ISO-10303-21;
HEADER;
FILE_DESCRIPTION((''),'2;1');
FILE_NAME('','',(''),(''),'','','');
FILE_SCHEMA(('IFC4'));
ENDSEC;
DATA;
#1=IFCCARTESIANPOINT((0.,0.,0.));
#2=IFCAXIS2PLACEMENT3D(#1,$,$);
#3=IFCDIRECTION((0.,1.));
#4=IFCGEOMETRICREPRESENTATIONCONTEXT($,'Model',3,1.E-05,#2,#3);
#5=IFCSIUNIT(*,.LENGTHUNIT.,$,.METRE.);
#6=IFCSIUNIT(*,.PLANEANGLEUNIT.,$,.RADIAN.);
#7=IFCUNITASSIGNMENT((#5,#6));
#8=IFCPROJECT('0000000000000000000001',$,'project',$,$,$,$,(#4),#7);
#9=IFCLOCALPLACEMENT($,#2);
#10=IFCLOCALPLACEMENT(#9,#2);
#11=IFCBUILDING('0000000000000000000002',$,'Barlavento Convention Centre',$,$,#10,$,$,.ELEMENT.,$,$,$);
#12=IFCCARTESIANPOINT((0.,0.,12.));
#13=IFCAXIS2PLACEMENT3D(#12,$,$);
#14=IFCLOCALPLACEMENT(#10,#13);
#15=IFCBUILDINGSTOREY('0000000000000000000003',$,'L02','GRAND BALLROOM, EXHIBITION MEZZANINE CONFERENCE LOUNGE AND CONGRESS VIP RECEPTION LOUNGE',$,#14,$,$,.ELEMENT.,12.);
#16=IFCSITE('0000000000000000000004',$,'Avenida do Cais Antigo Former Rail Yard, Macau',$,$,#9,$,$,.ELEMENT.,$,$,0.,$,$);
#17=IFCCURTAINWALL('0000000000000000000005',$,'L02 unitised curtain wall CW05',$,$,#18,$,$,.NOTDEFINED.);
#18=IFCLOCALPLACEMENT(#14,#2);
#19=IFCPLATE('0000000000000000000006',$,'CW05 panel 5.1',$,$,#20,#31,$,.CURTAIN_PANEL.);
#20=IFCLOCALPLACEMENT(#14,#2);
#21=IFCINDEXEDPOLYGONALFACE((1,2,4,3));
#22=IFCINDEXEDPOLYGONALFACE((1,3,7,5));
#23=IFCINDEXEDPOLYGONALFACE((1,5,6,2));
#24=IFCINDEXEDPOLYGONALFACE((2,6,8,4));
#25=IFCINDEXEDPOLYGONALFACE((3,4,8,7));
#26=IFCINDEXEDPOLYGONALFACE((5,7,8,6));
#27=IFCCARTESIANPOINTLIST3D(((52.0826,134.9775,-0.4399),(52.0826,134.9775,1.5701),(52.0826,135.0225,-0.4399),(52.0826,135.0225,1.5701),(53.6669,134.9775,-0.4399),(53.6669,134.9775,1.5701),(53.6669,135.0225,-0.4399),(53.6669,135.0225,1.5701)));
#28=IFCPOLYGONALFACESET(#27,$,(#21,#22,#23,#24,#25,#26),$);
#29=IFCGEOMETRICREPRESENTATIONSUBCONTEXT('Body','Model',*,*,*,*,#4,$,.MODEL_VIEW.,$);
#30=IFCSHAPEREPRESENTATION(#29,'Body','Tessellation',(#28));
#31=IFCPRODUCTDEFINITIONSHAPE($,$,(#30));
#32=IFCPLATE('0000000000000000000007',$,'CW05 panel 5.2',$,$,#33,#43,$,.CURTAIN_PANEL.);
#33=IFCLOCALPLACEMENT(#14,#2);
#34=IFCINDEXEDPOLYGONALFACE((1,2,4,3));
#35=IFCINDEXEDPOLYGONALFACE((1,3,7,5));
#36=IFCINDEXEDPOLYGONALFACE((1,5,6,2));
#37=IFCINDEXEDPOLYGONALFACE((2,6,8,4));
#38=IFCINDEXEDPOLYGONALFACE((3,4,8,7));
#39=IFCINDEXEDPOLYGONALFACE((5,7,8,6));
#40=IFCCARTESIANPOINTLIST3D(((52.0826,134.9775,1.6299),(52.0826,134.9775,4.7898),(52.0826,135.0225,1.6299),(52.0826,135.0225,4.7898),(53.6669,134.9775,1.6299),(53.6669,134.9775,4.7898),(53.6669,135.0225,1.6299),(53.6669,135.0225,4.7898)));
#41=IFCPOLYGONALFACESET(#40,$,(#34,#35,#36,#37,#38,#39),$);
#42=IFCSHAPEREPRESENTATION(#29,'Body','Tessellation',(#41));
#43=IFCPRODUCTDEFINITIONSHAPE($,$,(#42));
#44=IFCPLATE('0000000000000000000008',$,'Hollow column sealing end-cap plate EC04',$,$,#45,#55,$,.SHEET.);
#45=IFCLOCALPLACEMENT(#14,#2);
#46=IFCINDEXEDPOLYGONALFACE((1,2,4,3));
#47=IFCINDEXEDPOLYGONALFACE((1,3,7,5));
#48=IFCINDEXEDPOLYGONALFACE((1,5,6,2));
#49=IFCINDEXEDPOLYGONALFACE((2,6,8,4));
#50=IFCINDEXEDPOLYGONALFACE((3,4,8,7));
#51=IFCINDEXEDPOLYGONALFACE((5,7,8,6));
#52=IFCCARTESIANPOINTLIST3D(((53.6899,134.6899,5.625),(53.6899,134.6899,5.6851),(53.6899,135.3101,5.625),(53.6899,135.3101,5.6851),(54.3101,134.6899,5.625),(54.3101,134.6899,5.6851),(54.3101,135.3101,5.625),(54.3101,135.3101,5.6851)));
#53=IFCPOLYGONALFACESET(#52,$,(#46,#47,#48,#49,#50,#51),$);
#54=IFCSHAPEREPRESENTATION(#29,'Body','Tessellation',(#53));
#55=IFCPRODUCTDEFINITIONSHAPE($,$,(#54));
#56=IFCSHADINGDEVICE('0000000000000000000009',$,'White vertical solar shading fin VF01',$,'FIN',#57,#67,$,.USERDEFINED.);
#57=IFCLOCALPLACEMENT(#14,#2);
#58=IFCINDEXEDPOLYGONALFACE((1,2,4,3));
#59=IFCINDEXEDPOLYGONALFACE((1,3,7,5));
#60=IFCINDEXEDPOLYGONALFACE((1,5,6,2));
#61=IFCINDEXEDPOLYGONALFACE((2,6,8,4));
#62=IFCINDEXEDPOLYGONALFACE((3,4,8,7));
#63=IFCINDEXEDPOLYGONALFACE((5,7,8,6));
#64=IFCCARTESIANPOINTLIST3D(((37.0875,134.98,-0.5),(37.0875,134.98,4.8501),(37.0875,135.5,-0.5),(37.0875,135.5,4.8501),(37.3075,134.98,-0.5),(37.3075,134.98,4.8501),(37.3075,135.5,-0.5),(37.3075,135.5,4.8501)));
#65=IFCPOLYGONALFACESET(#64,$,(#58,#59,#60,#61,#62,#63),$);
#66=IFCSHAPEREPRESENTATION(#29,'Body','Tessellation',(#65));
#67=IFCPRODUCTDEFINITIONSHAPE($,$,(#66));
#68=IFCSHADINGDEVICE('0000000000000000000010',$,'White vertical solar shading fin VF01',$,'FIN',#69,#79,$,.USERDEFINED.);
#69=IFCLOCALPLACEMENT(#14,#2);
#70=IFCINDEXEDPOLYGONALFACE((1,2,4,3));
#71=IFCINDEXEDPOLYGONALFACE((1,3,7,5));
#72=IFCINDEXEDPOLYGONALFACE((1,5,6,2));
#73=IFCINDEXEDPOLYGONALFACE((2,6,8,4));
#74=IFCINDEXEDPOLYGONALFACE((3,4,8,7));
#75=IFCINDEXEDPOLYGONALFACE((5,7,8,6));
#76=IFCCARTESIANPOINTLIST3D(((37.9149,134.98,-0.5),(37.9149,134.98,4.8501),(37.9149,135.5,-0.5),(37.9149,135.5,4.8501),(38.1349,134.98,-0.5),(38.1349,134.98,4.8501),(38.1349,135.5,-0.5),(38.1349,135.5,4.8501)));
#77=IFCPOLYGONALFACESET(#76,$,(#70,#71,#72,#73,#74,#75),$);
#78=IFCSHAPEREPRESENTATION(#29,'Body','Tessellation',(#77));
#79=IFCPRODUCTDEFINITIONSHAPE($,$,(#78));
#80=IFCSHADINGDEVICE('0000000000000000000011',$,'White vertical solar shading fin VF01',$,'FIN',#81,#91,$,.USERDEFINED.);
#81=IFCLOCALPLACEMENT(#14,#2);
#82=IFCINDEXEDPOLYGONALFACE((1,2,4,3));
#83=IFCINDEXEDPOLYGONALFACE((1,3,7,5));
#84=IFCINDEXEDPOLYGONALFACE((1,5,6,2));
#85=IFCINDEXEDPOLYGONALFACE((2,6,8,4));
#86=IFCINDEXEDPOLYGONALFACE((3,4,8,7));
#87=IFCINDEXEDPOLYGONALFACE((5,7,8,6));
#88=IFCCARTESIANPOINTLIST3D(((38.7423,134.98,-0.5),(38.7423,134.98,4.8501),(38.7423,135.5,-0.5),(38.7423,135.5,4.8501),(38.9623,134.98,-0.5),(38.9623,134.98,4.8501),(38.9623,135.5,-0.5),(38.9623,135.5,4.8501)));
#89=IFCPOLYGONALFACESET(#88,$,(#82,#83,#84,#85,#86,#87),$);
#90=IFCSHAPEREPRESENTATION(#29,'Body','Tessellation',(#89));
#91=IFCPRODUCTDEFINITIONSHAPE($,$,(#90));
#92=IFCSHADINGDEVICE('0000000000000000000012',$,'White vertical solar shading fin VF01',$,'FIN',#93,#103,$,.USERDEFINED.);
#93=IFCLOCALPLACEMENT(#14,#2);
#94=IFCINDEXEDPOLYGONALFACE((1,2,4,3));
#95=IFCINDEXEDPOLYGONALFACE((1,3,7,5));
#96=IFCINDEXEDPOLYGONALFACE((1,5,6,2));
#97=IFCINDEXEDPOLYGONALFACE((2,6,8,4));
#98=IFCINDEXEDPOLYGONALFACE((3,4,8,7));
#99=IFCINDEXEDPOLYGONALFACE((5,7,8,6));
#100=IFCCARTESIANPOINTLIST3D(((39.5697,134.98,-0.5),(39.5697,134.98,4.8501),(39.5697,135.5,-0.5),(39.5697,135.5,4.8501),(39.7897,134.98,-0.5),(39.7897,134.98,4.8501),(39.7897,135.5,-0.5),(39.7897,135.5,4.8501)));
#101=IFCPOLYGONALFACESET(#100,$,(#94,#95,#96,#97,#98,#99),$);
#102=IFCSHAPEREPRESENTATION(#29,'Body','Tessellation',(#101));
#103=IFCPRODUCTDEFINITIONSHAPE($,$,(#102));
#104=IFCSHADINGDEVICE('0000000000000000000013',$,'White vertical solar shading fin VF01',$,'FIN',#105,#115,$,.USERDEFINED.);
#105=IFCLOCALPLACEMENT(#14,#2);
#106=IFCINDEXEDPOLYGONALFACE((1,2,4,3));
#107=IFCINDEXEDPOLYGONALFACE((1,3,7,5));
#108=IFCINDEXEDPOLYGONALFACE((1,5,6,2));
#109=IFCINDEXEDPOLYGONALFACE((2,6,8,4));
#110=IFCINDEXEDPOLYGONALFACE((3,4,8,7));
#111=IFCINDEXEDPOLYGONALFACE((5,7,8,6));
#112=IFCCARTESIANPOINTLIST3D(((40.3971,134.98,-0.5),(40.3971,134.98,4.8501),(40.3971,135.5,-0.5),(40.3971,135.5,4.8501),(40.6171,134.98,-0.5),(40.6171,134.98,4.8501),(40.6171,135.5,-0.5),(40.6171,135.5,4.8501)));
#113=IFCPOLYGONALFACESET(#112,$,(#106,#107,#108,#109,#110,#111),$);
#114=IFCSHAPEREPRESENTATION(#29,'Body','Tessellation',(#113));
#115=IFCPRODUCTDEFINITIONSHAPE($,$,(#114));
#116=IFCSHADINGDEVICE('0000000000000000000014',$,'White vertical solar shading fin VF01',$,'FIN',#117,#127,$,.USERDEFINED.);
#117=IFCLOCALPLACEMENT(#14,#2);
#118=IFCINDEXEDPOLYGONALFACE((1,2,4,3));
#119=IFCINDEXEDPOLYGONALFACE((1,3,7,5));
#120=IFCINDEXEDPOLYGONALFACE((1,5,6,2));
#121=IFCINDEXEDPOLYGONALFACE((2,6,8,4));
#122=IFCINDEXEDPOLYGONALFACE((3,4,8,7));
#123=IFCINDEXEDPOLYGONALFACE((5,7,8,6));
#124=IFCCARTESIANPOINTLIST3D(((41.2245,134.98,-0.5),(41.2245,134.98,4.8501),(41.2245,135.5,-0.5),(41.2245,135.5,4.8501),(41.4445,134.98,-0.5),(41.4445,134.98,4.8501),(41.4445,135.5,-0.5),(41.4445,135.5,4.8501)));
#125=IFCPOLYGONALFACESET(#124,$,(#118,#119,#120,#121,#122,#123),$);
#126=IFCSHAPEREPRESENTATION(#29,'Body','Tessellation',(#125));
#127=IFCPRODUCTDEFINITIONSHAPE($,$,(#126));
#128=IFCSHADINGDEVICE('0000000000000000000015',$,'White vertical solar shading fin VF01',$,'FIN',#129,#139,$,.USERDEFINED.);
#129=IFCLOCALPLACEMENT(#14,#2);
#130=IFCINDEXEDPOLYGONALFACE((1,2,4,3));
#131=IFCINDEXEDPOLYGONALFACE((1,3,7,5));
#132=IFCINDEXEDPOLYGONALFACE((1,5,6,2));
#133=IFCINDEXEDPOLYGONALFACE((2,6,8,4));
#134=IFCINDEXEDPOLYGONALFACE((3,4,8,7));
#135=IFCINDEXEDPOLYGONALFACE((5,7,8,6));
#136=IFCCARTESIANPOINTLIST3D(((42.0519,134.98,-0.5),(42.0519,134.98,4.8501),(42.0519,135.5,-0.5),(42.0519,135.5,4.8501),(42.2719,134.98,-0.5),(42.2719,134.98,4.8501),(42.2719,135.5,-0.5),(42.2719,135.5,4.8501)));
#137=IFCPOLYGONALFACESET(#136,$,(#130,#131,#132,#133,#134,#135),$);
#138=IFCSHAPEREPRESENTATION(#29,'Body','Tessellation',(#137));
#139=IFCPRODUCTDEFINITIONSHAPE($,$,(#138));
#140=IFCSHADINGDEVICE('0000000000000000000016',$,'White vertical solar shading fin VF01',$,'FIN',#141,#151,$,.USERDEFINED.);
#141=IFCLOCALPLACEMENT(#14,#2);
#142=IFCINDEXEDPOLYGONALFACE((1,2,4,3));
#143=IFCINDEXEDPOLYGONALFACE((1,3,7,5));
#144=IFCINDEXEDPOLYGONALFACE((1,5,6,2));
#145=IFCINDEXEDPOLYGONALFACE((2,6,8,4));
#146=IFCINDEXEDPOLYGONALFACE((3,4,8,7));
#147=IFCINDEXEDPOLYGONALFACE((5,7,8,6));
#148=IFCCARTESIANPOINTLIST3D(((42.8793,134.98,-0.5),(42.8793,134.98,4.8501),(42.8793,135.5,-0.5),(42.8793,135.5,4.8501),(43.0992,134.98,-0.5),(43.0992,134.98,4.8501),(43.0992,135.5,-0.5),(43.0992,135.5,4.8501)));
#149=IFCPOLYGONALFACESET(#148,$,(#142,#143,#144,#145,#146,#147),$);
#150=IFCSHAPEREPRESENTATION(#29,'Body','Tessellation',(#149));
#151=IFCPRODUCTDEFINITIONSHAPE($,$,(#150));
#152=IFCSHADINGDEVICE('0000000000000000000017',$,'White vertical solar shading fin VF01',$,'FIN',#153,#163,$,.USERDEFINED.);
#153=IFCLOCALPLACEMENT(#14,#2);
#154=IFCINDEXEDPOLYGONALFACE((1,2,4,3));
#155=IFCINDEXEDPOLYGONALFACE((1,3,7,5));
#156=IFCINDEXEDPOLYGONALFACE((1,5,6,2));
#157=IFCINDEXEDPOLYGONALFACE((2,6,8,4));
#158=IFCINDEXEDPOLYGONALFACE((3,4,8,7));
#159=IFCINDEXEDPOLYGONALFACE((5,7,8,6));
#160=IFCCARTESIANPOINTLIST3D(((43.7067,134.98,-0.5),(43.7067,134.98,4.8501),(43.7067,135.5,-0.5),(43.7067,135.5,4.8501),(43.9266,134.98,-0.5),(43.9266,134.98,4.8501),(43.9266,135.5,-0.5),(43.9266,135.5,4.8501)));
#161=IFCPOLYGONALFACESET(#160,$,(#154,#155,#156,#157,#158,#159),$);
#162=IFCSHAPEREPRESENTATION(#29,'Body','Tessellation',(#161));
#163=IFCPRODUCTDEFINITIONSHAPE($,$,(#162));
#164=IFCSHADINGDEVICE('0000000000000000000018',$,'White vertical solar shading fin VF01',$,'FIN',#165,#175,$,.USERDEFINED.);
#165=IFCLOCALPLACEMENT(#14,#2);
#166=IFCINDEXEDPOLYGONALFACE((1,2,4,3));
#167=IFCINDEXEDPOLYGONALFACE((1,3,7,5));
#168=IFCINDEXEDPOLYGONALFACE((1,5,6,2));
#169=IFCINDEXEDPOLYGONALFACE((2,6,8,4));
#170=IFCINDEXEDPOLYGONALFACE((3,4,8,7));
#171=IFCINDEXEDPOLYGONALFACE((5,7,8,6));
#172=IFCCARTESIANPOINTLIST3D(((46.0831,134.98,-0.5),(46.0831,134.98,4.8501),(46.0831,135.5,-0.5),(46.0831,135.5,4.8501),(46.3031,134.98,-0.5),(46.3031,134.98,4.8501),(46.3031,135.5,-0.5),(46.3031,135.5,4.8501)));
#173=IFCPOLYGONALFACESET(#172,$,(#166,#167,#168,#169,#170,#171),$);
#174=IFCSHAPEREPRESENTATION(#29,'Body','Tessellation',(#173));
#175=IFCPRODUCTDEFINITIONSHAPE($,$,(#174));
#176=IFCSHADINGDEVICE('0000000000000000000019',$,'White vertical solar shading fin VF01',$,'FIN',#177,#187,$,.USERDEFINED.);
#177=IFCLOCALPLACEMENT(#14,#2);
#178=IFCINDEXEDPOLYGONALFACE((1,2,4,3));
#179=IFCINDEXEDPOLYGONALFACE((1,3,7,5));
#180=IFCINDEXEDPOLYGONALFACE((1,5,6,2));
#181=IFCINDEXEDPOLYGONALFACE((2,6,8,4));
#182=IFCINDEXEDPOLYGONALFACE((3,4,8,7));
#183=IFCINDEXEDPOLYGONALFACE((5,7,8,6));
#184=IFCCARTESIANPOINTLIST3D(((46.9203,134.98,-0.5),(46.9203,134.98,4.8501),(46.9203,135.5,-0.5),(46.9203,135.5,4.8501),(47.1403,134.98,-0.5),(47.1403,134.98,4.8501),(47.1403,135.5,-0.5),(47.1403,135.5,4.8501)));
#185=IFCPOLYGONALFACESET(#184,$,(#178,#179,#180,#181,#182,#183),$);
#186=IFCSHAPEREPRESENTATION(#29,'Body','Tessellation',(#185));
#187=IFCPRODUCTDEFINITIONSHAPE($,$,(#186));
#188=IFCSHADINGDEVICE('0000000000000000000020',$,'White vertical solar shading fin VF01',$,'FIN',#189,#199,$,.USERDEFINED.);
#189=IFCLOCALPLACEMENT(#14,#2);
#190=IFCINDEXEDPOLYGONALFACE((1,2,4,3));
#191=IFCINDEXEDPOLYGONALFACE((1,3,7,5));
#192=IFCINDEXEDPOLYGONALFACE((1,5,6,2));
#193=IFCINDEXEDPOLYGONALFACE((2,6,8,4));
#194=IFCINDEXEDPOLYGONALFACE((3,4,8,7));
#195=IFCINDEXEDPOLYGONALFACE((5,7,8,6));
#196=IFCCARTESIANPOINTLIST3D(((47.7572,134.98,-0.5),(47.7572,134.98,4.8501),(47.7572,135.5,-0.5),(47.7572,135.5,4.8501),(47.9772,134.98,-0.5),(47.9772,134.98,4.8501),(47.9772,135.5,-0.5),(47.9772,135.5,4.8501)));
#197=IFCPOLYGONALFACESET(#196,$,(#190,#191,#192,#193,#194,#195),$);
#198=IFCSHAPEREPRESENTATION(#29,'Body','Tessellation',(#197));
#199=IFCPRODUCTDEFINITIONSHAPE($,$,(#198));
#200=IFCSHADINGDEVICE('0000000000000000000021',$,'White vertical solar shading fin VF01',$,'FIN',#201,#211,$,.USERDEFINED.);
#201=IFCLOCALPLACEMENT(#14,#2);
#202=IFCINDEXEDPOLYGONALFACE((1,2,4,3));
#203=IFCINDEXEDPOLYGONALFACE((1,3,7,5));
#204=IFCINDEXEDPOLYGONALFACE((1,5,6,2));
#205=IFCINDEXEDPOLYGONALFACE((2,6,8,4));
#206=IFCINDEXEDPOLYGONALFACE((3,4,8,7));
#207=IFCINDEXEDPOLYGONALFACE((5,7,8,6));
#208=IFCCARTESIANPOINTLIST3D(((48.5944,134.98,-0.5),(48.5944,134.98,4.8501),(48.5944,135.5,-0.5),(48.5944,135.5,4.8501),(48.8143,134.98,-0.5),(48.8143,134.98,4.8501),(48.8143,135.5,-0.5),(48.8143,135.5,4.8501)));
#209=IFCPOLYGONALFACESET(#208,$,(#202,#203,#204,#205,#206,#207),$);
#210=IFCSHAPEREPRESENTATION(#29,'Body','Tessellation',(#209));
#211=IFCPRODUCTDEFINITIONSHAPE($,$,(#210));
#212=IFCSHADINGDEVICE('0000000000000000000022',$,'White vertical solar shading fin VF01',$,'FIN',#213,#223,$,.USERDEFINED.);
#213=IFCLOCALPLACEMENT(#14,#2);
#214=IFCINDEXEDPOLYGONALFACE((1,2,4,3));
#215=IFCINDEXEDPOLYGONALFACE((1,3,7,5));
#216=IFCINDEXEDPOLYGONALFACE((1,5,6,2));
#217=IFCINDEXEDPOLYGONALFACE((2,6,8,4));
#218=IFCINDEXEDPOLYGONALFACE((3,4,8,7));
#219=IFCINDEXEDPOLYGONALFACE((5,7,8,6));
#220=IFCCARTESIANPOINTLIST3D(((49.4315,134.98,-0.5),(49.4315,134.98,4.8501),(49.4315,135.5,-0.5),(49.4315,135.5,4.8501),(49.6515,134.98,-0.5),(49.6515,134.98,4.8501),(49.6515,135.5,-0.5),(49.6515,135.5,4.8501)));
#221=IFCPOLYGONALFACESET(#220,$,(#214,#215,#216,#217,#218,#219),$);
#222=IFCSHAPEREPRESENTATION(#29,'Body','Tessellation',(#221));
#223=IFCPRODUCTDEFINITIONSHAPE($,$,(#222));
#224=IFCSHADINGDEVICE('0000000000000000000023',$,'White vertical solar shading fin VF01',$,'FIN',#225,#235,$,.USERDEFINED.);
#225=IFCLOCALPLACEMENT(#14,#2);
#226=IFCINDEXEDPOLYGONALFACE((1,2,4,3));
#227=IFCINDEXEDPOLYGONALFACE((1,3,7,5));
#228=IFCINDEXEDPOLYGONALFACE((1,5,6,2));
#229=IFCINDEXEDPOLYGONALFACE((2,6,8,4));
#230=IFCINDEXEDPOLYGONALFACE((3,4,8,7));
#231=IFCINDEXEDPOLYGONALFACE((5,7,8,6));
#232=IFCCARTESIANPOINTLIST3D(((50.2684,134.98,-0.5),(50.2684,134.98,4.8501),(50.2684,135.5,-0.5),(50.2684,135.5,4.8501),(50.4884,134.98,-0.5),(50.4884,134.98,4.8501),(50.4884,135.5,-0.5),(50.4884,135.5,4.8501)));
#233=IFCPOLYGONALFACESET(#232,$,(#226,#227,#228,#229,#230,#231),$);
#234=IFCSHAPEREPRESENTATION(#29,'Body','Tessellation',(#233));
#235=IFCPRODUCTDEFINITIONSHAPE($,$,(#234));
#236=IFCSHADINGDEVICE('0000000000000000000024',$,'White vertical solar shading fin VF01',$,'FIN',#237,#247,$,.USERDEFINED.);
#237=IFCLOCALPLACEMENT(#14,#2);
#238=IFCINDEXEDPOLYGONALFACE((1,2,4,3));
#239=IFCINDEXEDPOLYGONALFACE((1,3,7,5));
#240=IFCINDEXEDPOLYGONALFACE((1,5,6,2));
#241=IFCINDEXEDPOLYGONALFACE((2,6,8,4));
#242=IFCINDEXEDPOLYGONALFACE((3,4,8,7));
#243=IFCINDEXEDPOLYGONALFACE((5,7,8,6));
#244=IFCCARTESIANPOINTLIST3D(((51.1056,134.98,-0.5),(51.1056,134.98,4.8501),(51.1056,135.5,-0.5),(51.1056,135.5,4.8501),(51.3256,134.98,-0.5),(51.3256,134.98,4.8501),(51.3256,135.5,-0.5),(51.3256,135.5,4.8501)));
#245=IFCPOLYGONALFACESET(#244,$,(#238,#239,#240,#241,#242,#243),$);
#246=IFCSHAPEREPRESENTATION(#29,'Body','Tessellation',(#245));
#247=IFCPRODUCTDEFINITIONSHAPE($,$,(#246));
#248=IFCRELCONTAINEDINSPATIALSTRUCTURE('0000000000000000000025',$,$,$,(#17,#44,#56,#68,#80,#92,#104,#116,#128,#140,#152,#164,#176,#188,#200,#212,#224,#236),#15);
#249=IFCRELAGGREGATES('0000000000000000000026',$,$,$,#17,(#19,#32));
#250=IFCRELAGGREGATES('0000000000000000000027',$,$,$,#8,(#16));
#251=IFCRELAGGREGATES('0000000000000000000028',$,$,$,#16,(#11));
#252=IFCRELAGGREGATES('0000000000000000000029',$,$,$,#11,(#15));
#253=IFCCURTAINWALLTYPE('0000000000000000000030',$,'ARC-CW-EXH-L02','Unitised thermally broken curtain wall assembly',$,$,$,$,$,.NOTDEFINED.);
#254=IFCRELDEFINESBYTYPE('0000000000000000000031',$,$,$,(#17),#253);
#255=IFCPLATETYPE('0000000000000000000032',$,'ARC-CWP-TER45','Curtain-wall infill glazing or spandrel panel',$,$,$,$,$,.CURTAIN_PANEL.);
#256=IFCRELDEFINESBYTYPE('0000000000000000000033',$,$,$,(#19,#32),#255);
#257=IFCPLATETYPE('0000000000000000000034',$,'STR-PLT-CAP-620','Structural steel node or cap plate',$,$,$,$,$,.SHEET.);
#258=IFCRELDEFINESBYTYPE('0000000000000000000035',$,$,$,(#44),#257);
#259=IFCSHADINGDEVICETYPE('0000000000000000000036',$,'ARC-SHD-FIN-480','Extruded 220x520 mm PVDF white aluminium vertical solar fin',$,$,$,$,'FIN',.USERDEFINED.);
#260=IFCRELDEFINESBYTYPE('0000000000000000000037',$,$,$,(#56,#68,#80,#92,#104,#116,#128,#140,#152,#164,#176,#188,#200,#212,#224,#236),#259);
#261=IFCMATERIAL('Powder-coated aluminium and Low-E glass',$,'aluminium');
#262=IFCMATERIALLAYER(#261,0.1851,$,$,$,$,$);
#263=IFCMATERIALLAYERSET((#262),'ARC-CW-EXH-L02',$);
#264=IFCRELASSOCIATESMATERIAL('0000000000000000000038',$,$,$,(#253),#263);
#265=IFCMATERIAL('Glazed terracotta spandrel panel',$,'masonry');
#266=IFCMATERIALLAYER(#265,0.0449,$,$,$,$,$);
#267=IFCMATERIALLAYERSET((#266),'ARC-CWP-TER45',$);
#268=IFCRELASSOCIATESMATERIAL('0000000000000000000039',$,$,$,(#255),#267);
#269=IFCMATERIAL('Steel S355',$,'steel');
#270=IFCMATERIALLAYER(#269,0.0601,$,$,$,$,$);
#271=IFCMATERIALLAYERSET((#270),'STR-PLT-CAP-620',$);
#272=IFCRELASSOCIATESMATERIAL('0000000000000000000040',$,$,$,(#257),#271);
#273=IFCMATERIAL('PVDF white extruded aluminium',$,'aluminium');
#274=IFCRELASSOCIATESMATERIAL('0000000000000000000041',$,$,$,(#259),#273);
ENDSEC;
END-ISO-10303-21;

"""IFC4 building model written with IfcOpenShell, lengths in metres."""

from ifc_helpers import new_model, si_unit, direction, frame, origin, origin_2d, place, context, subcontext, project, spatial, rectangle, extrude, material, layer, layer_set, type_object, element, aggregate, save


model = new_model("IFC4")

# Units and contexts
model_context = context("Model", 3, precision=1e-05, world=origin(), true_north=direction((0.0, 1.0)))
body_context = subcontext(model_context, "Body", "Model", "MODEL_VIEW")
ifc_project = project(units=[si_unit("LENGTHUNIT", "METRE"), si_unit("PLANEANGLEUNIT", "RADIAN")], contexts=[model_context])

# Site, building, storey
site_placement = place(None, origin())
site = spatial("IfcSite", under=ifc_project, at=site_placement, Name="Avenida do Cais Antigo Former Rail Yard, Macau", CompositionType="ELEMENT", RefElevation=0.0)
building_placement = place(site_placement, origin())
building = spatial("IfcBuilding", under=site, at=building_placement, Name="Barlavento Convention Centre", CompositionType="ELEMENT")
storey_placement = place(building_placement, frame((0.0, 0.0, 12.0)))
storey = spatial("IfcBuildingStorey", under=building, at=storey_placement, Name="L02", Description="GRAND BALLROOM, EXHIBITION MEZZANINE CONFERENCE LOUNGE AND CONGRESS VIP RECEPTION LOUNGE", CompositionType="ELEMENT", Elevation=12.0)

# Shared definitions
ifc_material_1 = material(Name="Steel S355", Category="steel")

# Curtain wall
ifc_material_2 = material(Name="Powder-coated aluminium and Low-E glass", Category="aluminium")
ifc_layer_1 = layer(ifc_material_2, 0.1851)
ifc_layer_set_1 = layer_set([ifc_layer_1], Name="ARC-CW-EXH-L02")
curtain_wall_type = type_object("IfcCurtainWallType", Name="ARC-CW-EXH-L02", Description="Unitised thermally broken curtain wall assembly", PredefinedType="NOTDEFINED", material=ifc_layer_set_1)
curtain_wall_1_placement = place(storey_placement, origin())
curtain_wall_1 = element("IfcCurtainWall", 1, at=curtain_wall_1_placement, inside=storey, type_object=curtain_wall_type, Name="L02 unitised curtain wall CW05", PredefinedType="NOTDEFINED")

# Plates
ifc_material_3 = material(Name="Glazed terracotta spandrel panel", Category="masonry")
ifc_layer_2 = layer(ifc_material_3, 0.0449)
ifc_layer_set_2 = layer_set([ifc_layer_2], Name="ARC-CWP-TER45")
plate_type_1 = type_object("IfcPlateType", Name="ARC-CWP-TER45", Description="Curtain-wall infill glazing or spandrel panel", PredefinedType="CURTAIN_PANEL", material=ifc_layer_set_2)
plate_1_placement = place(storey_placement, frame((52.8748, 135.0, -0.4399), z_axis=(0.0, 0.0, 1.0), x_axis=(1.0, 0.0, 0.0)))
plate_1 = element("IfcPlate", 2, at=plate_1_placement, type_object=plate_type_1, Name="CW05 panel 5.1", PredefinedType="CURTAIN_PANEL", context=body_context, shape_type="SweptSolid", body=[
    extrude(rectangle(XDim=1.5842, YDim=0.0449, at=origin_2d()), origin(), (0.0, 0.0, 1.0), 2.01),
])
plate_2_placement = place(storey_placement, frame((52.8748, 135.0, 1.6299), z_axis=(0.0, 0.0, 1.0), x_axis=(1.0, 0.0, 0.0)))
plate_2 = element("IfcPlate", 3, at=plate_2_placement, type_object=plate_type_1, Name="CW05 panel 5.2", PredefinedType="CURTAIN_PANEL", context=body_context, shape_type="SweptSolid", body=[
    extrude(rectangle(XDim=1.5842, YDim=0.0449, at=origin_2d()), origin(), (0.0, 0.0, 1.0), 3.1599),
])
aggregate(curtain_wall_1, [plate_1, plate_2])
ifc_layer_3 = layer(ifc_material_1, 0.0601)
ifc_layer_set_3 = layer_set([ifc_layer_3], Name="STR-PLT-CAP-620")
plate_type_2 = type_object("IfcPlateType", Name="STR-PLT-CAP-620", Description="Structural steel node or cap plate", PredefinedType="SHEET", material=ifc_layer_set_3)
plate_3_placement = place(storey_placement, frame((54.0, 135.0, 5.625), z_axis=(0.0, 0.0, 1.0), x_axis=(1.0, 0.0, 0.0)))
element("IfcPlate", 4, at=plate_3_placement, inside=storey, type_object=plate_type_2, Name="Hollow column sealing end-cap plate EC04", PredefinedType="SHEET", context=body_context, shape_type="SweptSolid", body=[
    extrude(rectangle(XDim=0.6201, YDim=0.6201, at=origin_2d()), origin(), (0.0, 0.0, 1.0), 0.0601),
])

# Shading devices
ifc_material_4 = material(Name="PVDF white extruded aluminium", Category="aluminium")
shading_device_type = type_object("IfcShadingDeviceType", Name="ARC-SHD-FIN-480", Description="Extruded 220x520 mm PVDF white aluminium vertical solar fin", ElementType="FIN", PredefinedType="USERDEFINED", material=ifc_material_4)
for number, where, z_axis, x_axis, name in (
    (5, (37.1975, 135.24, -0.5), (0.0, 0.0, 1.0), (1.0, 0.0, 0.0), "White vertical solar shading fin VF01"),
    (6, (38.0249, 135.24, -0.5), (0.0, 0.0, 1.0), (1.0, 0.0, 0.0), "White vertical solar shading fin VF01"),
    (7, (38.8523, 135.24, -0.5), (0.0, 0.0, 1.0), (1.0, 0.0, 0.0), "White vertical solar shading fin VF01"),
    (8, (39.6797, 135.24, -0.5), (0.0, 0.0, 1.0), (1.0, 0.0, 0.0), "White vertical solar shading fin VF01"),
    (9, (40.5071, 135.24, -0.5), (0.0, 0.0, 1.0), (1.0, 0.0, 0.0), "White vertical solar shading fin VF01"),
    (10, (41.3345, 135.24, -0.5), (0.0, 0.0, 1.0), (1.0, 0.0, 0.0), "White vertical solar shading fin VF01"),
    (11, (42.1619, 135.24, -0.5), (0.0, 0.0, 1.0), (1.0, 0.0, 0.0), "White vertical solar shading fin VF01"),
    (12, (42.9893, 135.24, -0.5), (0.0, 0.0, 1.0), (1.0, 0.0, 0.0), "White vertical solar shading fin VF01"),
    (13, (43.8167, 135.24, -0.5), (0.0, 0.0, 1.0), (1.0, 0.0, 0.0), "White vertical solar shading fin VF01"),
    (14, (46.1931, 135.24, -0.5), (0.0, 0.0, 1.0), (1.0, 0.0, 0.0), "White vertical solar shading fin VF01"),
    (15, (47.0303, 135.24, -0.5), (0.0, 0.0, 1.0), (1.0, 0.0, 0.0), "White vertical solar shading fin VF01"),
    (16, (47.8672, 135.24, -0.5), (0.0, 0.0, 1.0), (1.0, 0.0, 0.0), "White vertical solar shading fin VF01"),
    (17, (48.7043, 135.24, -0.5), (0.0, 0.0, 1.0), (1.0, 0.0, 0.0), "White vertical solar shading fin VF01"),
    (18, (49.5415, 135.24, -0.5), (0.0, 0.0, 1.0), (1.0, 0.0, 0.0), "White vertical solar shading fin VF01"),
    (19, (50.3784, 135.24, -0.5), (0.0, 0.0, 1.0), (1.0, 0.0, 0.0), "White vertical solar shading fin VF01"),
    (20, (51.2156, 135.24, -0.5), (0.0, 0.0, 1.0), (1.0, 0.0, 0.0), "White vertical solar shading fin VF01"),
):
    element("IfcShadingDevice", number, at=place(storey_placement, frame(where, z_axis=z_axis, x_axis=x_axis)), inside=storey, type_object=shading_device_type, Name=name, ObjectType="FIN", PredefinedType="USERDEFINED", context=body_context, shape_type="SweptSolid", body=[
        extrude(rectangle(XDim=0.22, YDim=0.52, at=origin_2d()), origin(), (0.0, 0.0, 1.0), 5.3501),
    ])

save(model, "model.ifc")
